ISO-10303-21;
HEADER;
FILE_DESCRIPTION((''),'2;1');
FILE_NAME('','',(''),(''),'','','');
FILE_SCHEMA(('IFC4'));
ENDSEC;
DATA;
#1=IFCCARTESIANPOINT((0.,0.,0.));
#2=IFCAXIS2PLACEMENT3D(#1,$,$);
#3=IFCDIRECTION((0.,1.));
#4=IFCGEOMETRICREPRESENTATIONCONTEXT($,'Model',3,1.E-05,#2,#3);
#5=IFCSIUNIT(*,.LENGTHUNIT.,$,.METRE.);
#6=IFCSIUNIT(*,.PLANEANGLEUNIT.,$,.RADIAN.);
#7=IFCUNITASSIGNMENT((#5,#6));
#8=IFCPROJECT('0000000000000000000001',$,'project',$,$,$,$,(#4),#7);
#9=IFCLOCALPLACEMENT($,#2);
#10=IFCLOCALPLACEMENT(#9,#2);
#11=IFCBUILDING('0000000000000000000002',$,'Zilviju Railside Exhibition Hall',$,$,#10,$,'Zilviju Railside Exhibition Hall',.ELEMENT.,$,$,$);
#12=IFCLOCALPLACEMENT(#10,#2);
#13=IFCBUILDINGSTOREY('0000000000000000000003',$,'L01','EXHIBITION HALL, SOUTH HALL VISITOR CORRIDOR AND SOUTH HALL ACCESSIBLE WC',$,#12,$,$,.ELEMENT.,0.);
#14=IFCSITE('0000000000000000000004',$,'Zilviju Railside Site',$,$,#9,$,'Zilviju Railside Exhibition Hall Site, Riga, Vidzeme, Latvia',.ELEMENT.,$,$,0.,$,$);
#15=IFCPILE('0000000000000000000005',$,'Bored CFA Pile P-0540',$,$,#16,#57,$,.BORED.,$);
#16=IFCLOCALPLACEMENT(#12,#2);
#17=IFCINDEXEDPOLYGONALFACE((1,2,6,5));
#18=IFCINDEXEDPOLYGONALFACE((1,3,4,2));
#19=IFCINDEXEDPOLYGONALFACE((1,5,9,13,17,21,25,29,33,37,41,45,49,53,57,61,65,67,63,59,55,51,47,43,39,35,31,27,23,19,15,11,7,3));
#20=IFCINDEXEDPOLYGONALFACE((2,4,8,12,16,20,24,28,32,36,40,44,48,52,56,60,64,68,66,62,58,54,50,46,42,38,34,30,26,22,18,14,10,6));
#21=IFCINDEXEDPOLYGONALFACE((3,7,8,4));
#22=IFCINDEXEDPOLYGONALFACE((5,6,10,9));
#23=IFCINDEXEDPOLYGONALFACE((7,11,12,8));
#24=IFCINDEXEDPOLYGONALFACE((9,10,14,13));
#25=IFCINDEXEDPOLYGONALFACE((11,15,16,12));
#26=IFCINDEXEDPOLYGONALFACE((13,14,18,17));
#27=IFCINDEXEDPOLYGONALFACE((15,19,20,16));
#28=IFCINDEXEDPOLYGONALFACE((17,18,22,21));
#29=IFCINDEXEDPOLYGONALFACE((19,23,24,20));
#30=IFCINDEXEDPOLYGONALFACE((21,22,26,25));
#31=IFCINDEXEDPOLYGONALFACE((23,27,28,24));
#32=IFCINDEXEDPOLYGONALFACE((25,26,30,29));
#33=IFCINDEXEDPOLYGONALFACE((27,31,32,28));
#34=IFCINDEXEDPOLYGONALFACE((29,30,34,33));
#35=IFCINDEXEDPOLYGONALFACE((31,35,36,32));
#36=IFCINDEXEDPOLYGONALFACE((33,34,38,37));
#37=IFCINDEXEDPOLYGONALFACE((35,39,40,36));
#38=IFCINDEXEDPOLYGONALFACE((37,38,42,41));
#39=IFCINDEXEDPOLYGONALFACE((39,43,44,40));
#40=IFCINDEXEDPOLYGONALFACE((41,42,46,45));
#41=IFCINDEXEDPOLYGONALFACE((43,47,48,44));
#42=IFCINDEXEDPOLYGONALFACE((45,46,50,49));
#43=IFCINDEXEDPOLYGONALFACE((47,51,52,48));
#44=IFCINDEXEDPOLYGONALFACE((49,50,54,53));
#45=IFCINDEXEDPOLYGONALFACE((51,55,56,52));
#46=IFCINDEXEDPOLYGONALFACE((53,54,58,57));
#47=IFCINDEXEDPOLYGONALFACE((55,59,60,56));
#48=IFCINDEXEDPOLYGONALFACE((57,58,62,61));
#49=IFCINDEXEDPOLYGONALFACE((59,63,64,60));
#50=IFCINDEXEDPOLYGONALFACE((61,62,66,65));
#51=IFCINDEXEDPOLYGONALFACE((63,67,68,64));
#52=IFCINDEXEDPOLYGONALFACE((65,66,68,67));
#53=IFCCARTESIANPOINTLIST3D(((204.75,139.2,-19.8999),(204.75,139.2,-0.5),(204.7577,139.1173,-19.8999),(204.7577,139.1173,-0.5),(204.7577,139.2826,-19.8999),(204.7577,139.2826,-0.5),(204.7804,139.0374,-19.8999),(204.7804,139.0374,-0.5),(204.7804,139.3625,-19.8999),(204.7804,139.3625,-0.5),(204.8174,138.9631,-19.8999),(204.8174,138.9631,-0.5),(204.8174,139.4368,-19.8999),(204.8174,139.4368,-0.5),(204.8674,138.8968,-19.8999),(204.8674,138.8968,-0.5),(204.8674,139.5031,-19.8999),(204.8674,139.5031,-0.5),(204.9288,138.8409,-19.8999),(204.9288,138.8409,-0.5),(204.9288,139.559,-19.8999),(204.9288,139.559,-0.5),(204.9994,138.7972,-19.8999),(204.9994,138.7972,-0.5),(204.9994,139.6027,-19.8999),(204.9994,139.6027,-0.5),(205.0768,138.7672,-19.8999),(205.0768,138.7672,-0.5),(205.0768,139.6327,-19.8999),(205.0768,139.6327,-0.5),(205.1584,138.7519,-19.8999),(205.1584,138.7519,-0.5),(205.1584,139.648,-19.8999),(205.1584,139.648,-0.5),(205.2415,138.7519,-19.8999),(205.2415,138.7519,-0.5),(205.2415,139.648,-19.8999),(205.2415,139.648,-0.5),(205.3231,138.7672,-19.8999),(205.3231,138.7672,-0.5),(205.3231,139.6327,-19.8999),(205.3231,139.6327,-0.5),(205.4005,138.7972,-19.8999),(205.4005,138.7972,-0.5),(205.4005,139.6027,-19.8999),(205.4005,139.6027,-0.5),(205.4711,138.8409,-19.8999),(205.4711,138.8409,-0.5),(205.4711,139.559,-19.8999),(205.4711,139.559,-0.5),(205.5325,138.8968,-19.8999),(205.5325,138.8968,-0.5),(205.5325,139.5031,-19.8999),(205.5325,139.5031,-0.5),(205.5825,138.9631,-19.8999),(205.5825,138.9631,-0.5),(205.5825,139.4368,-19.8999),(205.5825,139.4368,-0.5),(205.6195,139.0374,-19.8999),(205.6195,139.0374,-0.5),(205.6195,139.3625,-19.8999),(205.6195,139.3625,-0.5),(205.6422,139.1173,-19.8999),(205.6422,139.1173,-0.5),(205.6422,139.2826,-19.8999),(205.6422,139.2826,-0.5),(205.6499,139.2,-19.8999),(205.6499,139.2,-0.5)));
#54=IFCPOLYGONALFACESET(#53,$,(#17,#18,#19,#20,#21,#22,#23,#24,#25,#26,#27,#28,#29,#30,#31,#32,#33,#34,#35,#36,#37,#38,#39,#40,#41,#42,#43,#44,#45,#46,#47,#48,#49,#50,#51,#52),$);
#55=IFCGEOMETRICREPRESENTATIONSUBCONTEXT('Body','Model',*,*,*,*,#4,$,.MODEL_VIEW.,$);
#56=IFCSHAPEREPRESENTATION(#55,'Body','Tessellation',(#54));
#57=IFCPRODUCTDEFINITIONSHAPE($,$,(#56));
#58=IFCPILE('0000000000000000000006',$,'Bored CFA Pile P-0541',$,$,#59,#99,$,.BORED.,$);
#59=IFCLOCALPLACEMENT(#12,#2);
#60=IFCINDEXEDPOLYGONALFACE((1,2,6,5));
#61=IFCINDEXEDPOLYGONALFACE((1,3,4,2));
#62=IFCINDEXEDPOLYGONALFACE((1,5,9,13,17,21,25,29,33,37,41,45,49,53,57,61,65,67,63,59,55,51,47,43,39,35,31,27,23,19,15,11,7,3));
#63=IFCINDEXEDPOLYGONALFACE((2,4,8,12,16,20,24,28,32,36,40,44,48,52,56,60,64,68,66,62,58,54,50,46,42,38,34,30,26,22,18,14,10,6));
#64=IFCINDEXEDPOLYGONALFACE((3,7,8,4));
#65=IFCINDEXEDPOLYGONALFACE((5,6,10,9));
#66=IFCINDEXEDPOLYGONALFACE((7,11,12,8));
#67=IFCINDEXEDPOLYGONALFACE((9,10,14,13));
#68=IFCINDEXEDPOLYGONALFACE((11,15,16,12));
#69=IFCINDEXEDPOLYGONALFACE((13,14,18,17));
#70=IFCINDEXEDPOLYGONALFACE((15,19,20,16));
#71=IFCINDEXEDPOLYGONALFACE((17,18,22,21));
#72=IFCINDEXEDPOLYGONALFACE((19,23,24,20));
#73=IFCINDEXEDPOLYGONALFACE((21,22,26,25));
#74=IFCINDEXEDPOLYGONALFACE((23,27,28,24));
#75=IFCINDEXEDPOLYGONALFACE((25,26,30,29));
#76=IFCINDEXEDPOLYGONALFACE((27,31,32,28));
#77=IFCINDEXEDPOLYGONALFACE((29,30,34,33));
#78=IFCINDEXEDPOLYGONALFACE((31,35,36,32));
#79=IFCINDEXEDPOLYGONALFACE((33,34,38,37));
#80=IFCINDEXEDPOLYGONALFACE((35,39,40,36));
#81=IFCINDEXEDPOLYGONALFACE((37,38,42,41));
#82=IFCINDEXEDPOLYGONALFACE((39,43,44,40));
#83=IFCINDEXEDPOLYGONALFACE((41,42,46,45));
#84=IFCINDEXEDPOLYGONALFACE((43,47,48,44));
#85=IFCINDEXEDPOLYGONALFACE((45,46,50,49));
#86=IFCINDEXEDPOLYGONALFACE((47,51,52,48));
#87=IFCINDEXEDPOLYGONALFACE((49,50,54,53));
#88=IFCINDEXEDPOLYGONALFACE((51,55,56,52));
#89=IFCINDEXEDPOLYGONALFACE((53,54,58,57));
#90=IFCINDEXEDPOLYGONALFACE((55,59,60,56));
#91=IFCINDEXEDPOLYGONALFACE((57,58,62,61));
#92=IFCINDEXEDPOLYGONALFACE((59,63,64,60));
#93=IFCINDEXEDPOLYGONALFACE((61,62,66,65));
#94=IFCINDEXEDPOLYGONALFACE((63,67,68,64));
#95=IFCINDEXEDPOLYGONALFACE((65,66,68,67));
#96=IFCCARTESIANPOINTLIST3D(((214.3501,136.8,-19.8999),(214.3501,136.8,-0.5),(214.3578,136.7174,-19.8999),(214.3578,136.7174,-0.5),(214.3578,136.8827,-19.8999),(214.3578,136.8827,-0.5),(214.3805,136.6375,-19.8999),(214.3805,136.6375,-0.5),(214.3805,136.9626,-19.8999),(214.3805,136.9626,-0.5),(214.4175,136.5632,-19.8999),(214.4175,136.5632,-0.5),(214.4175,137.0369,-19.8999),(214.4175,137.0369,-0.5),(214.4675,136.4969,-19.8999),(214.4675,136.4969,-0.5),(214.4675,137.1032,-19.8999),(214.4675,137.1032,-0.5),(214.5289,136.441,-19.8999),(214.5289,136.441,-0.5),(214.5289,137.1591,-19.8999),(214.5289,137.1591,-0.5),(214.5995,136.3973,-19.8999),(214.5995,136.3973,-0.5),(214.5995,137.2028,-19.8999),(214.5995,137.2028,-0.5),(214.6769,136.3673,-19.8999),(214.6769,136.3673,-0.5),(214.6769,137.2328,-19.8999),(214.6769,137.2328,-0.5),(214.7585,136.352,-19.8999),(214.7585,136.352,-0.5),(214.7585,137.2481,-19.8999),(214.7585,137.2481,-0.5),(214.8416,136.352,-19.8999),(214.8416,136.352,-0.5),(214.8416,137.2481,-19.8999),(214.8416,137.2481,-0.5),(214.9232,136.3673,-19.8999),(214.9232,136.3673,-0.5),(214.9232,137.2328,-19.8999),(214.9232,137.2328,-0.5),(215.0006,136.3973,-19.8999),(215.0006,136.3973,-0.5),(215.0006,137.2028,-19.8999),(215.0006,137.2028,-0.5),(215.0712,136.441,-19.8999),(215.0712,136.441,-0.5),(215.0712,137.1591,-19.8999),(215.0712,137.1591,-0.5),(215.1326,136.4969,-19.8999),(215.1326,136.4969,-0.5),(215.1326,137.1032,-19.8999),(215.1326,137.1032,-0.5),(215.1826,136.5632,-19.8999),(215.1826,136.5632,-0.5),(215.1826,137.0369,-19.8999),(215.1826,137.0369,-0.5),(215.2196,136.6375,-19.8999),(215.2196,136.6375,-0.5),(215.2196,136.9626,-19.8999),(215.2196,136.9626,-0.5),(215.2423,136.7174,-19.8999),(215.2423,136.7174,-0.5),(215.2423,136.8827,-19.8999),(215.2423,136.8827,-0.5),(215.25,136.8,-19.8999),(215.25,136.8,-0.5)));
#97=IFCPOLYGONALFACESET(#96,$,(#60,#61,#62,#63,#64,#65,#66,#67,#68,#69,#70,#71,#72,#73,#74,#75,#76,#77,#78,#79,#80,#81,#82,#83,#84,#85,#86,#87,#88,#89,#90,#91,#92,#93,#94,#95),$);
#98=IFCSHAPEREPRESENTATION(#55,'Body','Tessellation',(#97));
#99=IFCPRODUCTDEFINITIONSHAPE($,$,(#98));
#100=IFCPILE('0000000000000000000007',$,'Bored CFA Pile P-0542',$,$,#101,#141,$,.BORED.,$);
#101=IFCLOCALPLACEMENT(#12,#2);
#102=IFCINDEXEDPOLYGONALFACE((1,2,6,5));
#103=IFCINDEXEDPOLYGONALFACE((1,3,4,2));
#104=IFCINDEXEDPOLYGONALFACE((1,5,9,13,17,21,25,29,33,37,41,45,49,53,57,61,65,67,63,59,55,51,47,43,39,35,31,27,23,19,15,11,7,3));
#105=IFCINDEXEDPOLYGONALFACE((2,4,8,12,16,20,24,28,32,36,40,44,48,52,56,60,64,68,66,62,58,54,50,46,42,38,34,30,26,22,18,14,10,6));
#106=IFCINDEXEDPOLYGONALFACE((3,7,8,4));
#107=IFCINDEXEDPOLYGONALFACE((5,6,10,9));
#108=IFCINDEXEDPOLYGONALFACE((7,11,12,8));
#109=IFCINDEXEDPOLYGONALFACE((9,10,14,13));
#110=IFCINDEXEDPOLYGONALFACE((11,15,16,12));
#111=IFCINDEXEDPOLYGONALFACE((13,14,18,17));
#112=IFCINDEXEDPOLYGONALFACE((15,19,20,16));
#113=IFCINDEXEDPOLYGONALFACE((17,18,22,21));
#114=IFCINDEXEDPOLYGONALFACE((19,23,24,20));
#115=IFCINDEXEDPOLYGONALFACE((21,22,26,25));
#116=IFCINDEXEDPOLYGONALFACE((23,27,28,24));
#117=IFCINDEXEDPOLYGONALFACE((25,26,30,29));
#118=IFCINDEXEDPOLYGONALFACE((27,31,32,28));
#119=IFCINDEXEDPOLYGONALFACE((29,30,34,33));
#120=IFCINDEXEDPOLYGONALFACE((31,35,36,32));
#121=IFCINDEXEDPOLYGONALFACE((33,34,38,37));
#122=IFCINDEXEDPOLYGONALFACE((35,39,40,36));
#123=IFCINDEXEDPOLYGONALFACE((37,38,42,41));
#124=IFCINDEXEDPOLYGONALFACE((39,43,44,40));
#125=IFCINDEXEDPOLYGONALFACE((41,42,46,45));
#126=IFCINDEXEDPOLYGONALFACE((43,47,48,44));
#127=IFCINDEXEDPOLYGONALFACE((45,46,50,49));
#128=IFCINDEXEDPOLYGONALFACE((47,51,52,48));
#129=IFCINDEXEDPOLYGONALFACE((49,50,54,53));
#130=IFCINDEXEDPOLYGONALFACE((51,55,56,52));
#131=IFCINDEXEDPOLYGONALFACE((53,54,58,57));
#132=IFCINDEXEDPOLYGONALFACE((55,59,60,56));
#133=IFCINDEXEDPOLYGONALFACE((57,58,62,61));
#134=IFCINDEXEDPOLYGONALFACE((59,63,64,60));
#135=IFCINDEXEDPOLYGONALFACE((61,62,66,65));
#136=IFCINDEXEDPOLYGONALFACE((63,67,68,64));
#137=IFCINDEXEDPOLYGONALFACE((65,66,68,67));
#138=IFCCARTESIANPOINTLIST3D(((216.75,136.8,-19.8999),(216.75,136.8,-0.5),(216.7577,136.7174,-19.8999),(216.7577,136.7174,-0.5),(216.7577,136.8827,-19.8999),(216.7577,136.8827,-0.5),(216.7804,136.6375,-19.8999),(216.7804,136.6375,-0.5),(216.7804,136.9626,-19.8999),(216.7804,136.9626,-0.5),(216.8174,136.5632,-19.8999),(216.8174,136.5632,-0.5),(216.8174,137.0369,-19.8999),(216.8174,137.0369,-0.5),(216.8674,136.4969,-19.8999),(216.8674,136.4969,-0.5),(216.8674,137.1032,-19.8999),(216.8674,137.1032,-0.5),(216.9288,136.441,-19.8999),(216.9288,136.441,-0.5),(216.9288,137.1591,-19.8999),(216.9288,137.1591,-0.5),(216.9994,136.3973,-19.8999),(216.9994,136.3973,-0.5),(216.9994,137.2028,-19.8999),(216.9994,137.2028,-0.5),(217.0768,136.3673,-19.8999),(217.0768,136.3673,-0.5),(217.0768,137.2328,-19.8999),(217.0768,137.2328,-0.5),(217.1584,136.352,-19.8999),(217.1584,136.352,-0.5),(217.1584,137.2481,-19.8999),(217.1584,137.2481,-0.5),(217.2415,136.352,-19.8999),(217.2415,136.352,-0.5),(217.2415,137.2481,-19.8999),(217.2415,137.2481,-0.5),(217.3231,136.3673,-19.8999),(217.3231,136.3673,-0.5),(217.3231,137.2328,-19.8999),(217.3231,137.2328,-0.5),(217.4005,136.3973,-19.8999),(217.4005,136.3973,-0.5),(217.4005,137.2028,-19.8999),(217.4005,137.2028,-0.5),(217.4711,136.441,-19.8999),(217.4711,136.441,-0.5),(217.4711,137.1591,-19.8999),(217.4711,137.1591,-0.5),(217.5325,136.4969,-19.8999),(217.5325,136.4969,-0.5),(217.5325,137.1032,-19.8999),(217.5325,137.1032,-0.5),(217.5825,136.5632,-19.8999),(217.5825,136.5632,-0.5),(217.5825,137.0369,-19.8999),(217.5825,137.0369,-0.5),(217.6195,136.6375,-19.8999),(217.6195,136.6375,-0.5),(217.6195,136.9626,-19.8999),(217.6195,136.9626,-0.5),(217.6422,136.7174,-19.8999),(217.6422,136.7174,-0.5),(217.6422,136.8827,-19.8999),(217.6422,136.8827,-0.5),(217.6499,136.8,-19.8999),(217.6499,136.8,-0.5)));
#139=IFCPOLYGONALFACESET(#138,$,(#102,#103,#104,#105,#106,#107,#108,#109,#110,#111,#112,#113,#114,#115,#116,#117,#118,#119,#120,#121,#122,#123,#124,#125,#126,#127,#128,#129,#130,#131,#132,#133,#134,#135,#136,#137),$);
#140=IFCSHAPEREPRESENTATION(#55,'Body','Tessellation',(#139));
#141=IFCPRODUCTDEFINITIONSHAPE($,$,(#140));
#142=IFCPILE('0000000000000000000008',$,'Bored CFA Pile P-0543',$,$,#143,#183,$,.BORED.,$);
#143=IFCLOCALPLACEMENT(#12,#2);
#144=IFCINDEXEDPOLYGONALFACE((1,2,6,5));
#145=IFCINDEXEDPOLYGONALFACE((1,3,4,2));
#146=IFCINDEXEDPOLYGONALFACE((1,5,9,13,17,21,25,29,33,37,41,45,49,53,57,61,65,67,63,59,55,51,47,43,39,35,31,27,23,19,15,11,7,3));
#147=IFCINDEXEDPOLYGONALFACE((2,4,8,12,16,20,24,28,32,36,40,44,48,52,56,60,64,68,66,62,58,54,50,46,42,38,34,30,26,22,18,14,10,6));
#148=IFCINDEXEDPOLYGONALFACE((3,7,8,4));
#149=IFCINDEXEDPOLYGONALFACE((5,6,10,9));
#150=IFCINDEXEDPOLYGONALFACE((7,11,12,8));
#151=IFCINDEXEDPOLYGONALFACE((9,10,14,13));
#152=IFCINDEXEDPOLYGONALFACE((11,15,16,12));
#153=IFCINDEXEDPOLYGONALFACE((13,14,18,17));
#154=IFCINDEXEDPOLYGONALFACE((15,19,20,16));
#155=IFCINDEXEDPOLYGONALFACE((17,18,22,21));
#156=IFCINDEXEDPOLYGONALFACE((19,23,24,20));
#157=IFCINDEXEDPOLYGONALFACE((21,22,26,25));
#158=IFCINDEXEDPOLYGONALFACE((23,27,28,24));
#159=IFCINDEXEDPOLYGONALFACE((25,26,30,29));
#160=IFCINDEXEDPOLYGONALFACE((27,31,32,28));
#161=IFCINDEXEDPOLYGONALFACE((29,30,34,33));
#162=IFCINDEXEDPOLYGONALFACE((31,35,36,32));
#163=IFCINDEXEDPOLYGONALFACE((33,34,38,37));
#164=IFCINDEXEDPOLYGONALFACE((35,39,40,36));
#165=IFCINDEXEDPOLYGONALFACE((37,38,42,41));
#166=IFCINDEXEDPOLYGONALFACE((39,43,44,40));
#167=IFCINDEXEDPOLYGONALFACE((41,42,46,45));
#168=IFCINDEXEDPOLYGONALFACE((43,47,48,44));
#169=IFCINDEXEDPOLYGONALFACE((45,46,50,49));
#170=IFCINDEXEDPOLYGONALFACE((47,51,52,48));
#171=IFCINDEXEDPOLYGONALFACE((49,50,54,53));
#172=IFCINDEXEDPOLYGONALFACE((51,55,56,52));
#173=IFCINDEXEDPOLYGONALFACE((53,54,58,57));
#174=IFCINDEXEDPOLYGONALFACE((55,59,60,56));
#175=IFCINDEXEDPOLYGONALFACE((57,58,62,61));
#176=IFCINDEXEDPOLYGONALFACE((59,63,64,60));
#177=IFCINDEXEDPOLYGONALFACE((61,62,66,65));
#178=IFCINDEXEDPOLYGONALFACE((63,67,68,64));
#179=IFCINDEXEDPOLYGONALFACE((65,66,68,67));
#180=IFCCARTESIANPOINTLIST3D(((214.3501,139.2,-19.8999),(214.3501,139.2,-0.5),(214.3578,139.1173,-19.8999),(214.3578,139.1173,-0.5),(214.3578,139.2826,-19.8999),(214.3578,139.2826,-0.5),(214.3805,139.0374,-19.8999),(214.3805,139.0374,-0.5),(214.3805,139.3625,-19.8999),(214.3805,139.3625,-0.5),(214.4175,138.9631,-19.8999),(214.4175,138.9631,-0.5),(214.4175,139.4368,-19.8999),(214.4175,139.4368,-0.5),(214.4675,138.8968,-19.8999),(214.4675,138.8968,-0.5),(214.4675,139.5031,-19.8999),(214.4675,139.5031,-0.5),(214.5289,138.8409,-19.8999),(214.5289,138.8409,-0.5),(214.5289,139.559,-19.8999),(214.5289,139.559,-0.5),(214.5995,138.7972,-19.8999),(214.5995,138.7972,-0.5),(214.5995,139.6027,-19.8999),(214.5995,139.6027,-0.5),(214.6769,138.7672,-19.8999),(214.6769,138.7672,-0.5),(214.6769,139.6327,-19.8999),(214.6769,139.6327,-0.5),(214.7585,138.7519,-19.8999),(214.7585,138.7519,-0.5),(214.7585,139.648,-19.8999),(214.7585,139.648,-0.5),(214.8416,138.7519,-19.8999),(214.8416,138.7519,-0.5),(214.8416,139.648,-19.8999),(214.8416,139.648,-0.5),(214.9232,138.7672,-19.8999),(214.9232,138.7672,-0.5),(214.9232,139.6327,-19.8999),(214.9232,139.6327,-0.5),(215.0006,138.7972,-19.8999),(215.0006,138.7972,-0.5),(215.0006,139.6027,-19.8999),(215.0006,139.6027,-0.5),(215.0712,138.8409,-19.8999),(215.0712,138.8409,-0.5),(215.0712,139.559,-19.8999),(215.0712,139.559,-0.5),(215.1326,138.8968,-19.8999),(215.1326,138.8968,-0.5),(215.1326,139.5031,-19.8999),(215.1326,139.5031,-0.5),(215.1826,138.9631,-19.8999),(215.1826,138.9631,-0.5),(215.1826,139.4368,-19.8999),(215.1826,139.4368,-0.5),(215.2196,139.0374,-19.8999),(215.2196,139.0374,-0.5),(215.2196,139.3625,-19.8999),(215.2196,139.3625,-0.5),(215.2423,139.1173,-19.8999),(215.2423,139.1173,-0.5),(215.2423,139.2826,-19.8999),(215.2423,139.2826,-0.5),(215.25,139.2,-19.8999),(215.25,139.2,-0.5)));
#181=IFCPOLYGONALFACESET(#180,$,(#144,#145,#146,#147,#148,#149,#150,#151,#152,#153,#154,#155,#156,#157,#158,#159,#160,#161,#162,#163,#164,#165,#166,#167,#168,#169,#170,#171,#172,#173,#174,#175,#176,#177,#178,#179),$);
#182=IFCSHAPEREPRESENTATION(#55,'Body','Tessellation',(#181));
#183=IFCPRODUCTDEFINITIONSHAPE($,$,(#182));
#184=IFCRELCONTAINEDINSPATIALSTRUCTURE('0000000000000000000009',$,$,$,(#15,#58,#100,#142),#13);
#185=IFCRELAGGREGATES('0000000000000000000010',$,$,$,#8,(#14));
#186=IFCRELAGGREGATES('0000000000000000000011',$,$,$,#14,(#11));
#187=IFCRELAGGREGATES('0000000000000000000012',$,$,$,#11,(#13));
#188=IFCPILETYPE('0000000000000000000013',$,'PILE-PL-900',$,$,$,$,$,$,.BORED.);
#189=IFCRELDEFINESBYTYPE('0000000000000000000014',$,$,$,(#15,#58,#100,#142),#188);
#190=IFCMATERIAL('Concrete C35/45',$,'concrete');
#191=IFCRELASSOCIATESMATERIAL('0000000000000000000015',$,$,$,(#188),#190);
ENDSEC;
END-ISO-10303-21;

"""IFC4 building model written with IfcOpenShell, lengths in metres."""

from ifc_helpers import new_model, si_unit, direction, frame, origin, origin_2d, place, context, subcontext, project, spatial, circle, extrude, material, material_profile, profile_set, type_object, element, save


model = new_model("IFC4")

# Units and contexts
model_context = context("Model", 3, precision=1e-05, world=origin(), true_north=direction((0.0, 1.0)))
body_context = subcontext(model_context, "Body", "Model", "MODEL_VIEW")
ifc_project = project(units=[si_unit("LENGTHUNIT", "METRE"), si_unit("PLANEANGLEUNIT", "RADIAN")], contexts=[model_context])

# Site, building, storey
site_placement = place(None, origin())
site = spatial("IfcSite", under=ifc_project, at=site_placement, Name="Zilviju Railside Site", LongName="Zilviju Railside Exhibition Hall Site, Riga, Vidzeme, Latvia", CompositionType="ELEMENT", RefElevation=0.0)
building_placement = place(site_placement, origin())
building = spatial("IfcBuilding", under=site, at=building_placement, Name="Zilviju Railside Exhibition Hall", LongName="Zilviju Railside Exhibition Hall", CompositionType="ELEMENT")
storey_placement = place(building_placement, origin())
storey = spatial("IfcBuildingStorey", under=building, at=storey_placement, Name="L01", Description="EXHIBITION HALL, SOUTH HALL VISITOR CORRIDOR AND SOUTH HALL ACCESSIBLE WC", CompositionType="ELEMENT", Elevation=0.0)

# Shared definitions
ifc_material_1 = material(Name="Concrete C35/45", Category="concrete")

# Piles
ifc_material_profile_1 = material_profile(ifc_material_1, circle(Radius=0.45, at=origin_2d()), Name="CFA PILE D900")
ifc_profile_set_1 = profile_set([ifc_material_profile_1], Name="Concrete C35/45")
pile_type = type_object("IfcPileType", Name="PILE-PL-900", PredefinedType="BORED", material=ifc_profile_set_1)
for number, where, z_axis, x_axis, name in (
    (1, (205.2, 139.2, -0.5), (0.0, 0.0, -1.0), (1.0, 0.0, 0.0), "Bored CFA Pile P-0540"),
    (2, (214.8, 136.8, -0.5), (0.0, 0.0, -1.0), (1.0, 0.0, 0.0), "Bored CFA Pile P-0541"),
    (3, (217.2, 136.8, -0.5), (0.0, 0.0, -1.0), (1.0, 0.0, 0.0), "Bored CFA Pile P-0542"),
    (4, (214.8, 139.2, -0.5), (0.0, 0.0, -1.0), (1.0, 0.0, 0.0), "Bored CFA Pile P-0543"),
):
    element("IfcPile", number, at=place(storey_placement, frame(where, z_axis=z_axis, x_axis=x_axis)), inside=storey, type_object=pile_type, Name=name, PredefinedType="BORED", context=body_context, shape_type="SweptSolid", body=[
        extrude(circle(Radius=0.45, at=origin_2d()), origin(), (0.0, 0.0, 1.0), 19.3999),
    ])

save(model, "model.ifc")
